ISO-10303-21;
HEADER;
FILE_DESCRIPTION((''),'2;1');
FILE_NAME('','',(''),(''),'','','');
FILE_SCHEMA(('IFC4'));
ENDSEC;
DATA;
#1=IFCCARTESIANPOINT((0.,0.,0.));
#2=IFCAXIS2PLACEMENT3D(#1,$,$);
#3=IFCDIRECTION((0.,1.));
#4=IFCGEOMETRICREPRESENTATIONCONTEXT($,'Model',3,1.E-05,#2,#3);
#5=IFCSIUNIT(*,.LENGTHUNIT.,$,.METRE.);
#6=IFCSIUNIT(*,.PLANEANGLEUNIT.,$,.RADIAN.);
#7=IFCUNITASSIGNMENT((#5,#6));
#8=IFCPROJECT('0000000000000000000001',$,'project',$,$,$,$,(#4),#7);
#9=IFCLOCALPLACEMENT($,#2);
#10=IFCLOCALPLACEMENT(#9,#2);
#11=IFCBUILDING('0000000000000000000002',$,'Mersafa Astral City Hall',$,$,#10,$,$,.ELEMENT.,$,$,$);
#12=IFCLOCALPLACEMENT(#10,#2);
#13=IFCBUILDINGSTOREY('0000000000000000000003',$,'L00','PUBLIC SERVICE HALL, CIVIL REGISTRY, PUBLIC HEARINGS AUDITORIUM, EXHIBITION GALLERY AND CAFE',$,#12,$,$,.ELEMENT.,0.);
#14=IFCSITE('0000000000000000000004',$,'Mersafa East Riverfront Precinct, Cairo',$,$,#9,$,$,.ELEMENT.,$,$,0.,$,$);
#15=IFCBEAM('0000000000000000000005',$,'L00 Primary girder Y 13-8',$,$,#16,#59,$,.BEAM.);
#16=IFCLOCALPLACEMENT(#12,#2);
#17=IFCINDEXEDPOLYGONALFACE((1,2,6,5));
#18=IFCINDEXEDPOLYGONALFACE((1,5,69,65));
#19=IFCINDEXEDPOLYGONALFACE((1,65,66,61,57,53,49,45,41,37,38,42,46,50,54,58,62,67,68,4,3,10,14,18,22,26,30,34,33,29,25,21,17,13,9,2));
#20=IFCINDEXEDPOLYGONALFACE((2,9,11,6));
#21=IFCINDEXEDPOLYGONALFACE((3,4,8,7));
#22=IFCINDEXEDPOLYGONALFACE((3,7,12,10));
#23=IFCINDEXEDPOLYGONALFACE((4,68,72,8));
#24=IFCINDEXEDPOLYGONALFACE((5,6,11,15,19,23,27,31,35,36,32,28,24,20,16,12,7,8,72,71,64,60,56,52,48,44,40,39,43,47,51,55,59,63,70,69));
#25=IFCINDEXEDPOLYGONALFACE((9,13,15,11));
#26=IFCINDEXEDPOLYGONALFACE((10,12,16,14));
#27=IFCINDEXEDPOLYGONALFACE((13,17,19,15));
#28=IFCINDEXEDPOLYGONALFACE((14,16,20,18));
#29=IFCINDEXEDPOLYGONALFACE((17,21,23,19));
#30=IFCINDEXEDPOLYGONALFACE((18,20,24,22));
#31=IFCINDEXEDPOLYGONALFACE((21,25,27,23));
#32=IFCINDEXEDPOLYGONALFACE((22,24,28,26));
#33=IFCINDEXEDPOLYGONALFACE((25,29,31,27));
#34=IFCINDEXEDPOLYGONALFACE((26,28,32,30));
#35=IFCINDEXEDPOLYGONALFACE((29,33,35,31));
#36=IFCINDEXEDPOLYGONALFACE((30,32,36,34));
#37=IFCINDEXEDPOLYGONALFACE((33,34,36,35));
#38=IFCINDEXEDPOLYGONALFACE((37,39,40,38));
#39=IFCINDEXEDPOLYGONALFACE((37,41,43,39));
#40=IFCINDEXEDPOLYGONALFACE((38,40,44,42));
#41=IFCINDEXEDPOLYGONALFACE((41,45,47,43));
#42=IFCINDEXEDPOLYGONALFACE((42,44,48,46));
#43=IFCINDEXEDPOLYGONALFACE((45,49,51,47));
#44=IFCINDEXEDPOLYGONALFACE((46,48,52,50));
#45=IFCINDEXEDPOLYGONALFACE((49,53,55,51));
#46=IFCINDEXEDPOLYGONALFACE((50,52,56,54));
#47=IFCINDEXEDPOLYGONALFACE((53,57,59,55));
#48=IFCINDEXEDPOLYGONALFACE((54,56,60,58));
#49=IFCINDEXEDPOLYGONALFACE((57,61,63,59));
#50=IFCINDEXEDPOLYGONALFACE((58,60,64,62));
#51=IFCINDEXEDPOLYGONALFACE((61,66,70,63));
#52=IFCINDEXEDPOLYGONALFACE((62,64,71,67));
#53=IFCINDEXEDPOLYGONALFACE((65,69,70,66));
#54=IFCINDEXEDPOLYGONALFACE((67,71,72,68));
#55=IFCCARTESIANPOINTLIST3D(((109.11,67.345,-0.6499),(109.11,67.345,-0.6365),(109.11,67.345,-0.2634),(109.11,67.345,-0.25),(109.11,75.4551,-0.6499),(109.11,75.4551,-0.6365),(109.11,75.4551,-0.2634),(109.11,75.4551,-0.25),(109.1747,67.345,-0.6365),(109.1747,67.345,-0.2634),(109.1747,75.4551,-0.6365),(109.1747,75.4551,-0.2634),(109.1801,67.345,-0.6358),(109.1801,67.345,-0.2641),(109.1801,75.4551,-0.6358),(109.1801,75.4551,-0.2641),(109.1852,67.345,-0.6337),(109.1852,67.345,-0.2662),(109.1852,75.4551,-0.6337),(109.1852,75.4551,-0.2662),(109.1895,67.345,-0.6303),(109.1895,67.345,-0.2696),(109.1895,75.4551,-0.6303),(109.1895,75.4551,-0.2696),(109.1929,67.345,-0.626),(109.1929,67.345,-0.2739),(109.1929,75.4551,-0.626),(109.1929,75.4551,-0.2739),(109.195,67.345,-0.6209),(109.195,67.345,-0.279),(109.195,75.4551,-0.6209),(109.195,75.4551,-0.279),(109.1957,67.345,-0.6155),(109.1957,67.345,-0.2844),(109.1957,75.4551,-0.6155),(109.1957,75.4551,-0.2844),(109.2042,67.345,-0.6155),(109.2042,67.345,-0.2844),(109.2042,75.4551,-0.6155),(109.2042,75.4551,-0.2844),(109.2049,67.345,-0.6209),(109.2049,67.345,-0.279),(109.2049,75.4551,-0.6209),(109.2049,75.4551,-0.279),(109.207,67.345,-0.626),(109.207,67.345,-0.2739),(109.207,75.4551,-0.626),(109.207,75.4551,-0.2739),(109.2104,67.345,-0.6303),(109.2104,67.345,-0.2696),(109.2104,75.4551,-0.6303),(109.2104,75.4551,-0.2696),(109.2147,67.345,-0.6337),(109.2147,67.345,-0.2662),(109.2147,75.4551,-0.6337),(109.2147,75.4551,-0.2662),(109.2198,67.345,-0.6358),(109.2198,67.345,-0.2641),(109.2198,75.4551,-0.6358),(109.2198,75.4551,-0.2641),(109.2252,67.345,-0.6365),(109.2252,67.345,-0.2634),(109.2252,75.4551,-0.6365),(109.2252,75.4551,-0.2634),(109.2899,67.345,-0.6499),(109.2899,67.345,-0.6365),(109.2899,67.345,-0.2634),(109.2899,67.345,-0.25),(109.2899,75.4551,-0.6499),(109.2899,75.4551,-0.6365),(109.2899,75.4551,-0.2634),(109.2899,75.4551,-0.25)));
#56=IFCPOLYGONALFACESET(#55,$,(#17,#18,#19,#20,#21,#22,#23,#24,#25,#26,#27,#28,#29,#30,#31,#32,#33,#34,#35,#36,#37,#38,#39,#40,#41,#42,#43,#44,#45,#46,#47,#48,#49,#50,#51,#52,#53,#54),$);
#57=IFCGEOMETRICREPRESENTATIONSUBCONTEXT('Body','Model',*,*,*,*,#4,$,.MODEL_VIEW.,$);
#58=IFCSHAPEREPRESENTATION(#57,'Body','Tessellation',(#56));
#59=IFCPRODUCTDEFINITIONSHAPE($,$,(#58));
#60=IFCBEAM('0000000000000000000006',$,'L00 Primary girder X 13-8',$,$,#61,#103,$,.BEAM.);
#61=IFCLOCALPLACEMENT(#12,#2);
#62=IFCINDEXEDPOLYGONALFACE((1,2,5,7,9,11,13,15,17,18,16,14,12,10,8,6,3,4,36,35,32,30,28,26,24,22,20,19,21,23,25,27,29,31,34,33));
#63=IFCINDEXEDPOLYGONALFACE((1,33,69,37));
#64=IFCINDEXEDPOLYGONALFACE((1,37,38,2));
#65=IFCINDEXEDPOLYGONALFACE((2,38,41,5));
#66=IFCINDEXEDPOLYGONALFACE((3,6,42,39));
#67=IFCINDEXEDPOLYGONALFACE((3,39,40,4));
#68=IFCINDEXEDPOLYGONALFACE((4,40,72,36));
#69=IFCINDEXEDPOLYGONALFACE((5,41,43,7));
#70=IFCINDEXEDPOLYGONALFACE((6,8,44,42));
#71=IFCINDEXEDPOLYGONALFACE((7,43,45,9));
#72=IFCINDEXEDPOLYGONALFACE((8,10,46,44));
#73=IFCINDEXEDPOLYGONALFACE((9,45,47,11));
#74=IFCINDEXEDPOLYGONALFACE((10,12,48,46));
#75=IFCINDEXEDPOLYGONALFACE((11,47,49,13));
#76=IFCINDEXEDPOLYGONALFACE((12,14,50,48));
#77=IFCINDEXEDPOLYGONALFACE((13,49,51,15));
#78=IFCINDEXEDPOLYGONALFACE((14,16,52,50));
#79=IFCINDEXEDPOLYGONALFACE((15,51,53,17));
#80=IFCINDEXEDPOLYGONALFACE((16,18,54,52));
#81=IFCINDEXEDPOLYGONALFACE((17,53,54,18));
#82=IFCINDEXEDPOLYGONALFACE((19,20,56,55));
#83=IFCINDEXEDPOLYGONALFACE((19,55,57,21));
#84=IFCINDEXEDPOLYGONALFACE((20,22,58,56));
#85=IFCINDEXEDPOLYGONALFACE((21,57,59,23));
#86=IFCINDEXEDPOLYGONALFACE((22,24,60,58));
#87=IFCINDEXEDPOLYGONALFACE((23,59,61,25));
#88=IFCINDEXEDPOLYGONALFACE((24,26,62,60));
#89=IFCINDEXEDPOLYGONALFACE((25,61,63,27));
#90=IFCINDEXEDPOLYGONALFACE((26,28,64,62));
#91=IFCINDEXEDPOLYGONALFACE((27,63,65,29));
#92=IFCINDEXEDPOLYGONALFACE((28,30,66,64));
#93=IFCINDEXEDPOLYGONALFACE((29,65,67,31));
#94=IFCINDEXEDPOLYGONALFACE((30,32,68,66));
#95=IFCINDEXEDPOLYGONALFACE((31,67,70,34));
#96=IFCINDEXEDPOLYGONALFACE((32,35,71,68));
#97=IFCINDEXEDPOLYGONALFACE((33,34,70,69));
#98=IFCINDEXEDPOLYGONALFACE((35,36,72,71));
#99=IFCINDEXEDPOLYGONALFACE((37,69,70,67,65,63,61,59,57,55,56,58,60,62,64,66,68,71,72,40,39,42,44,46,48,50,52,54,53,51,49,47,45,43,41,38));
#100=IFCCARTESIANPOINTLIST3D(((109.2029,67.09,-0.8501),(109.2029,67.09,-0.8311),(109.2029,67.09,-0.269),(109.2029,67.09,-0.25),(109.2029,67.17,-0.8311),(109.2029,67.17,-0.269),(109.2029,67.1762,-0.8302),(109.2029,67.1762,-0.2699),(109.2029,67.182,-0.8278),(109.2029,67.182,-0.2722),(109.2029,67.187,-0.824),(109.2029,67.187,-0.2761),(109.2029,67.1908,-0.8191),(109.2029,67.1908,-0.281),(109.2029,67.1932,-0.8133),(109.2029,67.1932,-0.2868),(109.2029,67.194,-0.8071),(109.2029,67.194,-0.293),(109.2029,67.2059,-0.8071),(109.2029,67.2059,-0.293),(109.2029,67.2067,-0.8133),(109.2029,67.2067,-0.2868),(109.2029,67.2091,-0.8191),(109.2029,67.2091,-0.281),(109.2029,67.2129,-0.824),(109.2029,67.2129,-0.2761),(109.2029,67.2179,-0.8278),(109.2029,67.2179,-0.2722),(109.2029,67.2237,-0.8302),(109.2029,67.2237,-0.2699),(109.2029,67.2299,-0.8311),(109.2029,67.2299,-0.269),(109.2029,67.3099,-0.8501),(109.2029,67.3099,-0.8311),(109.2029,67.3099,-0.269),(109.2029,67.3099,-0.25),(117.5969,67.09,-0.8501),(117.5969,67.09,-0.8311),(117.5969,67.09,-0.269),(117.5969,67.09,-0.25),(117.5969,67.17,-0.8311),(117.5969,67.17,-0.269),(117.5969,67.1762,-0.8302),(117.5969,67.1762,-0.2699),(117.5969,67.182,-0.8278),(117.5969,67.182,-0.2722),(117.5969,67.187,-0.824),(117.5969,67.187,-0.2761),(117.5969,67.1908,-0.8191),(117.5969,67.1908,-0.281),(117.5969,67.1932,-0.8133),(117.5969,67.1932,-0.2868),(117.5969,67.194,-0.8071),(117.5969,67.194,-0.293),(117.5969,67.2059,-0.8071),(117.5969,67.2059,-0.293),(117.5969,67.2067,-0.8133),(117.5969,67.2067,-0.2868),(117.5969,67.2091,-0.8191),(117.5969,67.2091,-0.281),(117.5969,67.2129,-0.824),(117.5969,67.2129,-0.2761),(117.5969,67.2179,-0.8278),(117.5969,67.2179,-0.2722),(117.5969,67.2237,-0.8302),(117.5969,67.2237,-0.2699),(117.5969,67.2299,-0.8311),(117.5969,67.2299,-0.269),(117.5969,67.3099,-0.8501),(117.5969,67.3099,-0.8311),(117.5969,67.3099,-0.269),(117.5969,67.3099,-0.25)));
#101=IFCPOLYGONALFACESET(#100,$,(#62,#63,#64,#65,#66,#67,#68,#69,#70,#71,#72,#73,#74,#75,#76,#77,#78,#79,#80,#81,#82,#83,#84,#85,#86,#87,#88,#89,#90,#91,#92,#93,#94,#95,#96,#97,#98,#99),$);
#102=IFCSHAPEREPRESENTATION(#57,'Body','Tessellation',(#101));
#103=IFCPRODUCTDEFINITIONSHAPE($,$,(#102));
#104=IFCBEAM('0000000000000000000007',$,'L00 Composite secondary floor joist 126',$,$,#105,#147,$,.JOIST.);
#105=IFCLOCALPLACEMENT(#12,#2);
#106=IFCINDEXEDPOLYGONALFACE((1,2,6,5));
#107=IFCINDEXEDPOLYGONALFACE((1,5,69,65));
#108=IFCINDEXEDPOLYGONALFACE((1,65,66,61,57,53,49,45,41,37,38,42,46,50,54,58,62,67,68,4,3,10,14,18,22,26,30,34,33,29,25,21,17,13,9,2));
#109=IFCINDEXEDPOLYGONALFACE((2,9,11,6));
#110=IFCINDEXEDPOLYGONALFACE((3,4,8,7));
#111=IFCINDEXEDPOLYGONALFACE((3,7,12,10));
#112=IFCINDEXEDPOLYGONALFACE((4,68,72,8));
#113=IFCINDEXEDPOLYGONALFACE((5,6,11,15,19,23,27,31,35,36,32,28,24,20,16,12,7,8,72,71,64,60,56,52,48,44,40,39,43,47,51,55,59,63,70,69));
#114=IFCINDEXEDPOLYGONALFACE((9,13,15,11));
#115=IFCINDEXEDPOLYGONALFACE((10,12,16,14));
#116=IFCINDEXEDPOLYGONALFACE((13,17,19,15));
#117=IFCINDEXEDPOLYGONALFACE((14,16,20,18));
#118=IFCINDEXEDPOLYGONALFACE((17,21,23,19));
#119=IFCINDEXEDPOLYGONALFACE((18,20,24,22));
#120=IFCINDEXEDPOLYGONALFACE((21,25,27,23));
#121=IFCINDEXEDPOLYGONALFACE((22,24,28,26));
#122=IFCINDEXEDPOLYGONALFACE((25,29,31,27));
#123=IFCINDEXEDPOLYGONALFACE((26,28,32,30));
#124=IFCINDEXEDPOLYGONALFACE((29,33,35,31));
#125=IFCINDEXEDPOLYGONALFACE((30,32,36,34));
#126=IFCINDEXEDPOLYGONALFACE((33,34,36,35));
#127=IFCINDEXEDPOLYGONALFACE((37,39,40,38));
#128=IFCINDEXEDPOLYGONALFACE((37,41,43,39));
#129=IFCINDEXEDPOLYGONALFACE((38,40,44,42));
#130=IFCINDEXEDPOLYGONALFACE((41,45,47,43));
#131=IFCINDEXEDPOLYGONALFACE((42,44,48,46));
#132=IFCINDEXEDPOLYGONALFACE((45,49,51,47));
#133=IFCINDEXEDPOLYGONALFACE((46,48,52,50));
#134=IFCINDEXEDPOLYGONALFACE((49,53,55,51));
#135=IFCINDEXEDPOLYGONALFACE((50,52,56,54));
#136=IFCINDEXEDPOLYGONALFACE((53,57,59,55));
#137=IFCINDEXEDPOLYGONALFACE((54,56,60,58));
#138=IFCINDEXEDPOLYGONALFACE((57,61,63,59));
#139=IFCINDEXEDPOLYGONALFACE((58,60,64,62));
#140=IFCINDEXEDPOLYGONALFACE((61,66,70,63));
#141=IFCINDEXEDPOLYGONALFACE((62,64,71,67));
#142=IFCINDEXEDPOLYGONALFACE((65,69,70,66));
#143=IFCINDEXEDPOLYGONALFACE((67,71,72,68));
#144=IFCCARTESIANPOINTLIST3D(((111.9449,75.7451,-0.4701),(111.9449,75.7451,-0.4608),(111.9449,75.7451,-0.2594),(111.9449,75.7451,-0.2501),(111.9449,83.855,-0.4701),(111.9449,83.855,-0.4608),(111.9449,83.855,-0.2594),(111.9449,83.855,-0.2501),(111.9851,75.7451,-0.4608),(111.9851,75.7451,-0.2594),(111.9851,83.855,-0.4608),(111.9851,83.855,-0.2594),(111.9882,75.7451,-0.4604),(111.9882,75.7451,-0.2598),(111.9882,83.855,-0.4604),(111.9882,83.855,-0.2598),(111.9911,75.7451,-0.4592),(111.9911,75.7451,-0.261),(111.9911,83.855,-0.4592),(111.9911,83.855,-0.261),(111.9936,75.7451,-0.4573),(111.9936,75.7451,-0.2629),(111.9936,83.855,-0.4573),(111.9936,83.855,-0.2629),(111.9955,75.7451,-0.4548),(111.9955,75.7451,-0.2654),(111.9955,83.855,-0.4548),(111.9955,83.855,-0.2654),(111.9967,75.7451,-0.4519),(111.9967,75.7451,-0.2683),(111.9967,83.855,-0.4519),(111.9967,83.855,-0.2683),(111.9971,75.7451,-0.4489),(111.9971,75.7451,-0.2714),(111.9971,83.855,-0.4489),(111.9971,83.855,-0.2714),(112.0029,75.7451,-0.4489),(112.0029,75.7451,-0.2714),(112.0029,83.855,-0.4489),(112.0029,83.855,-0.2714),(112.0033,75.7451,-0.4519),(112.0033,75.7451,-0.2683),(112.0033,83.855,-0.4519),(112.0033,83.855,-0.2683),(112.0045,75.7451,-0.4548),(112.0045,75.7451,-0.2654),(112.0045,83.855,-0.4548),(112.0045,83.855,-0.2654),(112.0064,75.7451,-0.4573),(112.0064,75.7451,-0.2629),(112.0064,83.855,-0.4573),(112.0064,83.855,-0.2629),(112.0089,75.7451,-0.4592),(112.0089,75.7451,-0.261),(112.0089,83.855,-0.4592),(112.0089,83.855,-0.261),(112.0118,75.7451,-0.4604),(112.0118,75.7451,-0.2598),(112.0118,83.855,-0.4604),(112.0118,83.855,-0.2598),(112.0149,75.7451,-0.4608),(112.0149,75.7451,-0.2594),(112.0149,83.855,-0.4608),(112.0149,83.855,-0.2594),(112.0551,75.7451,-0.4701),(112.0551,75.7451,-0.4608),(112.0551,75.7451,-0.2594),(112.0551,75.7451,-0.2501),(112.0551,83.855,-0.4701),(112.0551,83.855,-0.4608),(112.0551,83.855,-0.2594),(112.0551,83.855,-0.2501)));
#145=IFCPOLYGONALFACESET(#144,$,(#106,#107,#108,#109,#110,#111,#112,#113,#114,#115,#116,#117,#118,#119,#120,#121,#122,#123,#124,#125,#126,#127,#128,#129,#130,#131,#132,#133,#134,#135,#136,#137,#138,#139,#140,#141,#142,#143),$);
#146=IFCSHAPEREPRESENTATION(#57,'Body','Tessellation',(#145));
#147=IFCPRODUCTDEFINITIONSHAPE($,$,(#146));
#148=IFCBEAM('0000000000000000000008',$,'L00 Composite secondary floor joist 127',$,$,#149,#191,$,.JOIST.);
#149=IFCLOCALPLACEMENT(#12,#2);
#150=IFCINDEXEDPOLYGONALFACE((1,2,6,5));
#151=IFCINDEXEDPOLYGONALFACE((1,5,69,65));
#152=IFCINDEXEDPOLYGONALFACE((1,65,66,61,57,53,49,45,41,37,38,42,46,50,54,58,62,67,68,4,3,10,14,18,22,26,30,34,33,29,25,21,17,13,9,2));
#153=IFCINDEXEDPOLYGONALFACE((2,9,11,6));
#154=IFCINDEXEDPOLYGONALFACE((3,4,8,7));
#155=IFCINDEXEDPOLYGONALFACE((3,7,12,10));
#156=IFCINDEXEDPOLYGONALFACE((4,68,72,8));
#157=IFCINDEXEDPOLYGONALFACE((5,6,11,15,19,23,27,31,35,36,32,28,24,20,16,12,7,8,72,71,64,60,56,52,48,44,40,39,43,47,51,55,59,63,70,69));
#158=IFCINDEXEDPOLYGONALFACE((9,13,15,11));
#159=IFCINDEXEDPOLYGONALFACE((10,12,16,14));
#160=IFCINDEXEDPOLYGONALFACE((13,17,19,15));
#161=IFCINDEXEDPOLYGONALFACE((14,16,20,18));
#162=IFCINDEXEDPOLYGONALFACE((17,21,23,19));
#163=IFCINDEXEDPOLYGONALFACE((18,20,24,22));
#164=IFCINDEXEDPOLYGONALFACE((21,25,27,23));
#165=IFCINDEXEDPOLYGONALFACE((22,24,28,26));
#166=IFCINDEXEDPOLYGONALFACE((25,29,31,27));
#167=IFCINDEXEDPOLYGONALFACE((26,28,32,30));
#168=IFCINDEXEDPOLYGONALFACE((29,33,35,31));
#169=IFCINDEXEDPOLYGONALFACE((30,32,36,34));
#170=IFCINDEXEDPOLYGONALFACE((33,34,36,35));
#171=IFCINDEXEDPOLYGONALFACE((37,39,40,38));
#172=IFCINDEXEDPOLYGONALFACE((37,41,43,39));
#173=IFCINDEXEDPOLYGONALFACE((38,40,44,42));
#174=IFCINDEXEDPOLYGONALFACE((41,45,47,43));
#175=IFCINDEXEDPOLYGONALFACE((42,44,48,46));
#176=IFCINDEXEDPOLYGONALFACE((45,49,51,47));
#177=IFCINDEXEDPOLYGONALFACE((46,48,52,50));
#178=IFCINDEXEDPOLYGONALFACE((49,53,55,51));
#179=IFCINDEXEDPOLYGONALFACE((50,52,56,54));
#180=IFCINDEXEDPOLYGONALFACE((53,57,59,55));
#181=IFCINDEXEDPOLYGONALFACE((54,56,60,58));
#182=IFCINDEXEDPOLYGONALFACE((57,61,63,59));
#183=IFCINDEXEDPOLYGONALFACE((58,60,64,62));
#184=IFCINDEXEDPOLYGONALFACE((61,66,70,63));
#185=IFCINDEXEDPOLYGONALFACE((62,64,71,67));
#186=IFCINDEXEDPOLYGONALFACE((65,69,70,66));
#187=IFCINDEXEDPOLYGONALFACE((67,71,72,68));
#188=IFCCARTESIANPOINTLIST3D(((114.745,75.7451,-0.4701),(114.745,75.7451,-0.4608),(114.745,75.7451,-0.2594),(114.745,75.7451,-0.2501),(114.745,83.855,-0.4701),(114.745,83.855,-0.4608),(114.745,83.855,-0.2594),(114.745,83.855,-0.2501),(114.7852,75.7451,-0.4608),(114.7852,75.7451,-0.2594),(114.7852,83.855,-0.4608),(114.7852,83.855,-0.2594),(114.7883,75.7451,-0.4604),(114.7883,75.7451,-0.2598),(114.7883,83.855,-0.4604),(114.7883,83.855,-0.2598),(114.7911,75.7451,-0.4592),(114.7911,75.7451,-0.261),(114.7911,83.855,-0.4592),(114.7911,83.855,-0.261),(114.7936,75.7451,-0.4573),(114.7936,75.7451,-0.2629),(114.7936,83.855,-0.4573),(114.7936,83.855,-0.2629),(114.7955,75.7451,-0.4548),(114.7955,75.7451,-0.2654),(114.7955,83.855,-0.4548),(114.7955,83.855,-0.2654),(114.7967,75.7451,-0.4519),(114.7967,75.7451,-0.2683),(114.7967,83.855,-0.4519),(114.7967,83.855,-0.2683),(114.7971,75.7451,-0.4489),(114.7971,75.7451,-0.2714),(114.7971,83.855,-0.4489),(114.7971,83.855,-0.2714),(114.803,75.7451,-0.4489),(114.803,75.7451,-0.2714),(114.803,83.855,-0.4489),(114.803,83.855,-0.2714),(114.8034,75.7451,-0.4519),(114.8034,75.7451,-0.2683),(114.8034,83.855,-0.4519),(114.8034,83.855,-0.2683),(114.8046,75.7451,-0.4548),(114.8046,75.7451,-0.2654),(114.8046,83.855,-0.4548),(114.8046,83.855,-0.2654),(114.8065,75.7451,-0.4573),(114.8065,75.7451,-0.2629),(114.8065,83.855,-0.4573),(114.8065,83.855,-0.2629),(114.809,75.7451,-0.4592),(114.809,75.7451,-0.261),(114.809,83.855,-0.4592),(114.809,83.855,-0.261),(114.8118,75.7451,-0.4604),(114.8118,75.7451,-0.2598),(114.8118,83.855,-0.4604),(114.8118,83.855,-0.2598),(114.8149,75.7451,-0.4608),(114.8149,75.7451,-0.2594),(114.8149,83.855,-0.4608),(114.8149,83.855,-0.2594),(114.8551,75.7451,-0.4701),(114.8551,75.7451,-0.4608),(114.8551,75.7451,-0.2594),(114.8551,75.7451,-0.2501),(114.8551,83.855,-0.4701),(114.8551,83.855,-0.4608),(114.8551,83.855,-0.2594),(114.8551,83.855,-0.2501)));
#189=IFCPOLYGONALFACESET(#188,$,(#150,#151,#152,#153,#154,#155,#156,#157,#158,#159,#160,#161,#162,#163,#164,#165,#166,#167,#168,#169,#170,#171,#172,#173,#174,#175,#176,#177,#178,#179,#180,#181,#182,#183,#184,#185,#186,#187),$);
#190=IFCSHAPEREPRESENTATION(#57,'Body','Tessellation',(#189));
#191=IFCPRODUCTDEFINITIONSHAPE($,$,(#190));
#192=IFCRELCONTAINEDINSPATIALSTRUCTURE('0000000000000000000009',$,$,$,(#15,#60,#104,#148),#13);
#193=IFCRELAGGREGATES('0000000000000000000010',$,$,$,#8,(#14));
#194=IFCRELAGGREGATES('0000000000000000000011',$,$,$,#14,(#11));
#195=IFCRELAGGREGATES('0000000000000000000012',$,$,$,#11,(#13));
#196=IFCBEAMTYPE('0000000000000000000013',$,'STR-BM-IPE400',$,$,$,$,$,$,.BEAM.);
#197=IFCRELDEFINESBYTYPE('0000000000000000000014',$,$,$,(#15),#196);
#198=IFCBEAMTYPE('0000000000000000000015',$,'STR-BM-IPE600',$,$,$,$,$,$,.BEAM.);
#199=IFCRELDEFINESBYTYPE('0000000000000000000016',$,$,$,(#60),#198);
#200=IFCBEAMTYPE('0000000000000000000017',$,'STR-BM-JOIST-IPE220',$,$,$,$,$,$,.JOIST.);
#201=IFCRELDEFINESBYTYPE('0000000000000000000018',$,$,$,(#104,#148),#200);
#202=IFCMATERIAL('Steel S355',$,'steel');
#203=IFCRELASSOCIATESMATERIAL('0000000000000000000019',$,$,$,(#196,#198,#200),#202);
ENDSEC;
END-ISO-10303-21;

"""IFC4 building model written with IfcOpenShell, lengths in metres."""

from ifc_helpers import new_model, si_unit, direction, frame, origin, origin_2d, place, context, subcontext, project, spatial, i_section, extrude, material, material_profile, profile_set, type_object, element, save


model = new_model("IFC4")

# Units and contexts
model_context = context("Model", 3, precision=1e-05, world=origin(), true_north=direction((0.0, 1.0)))
body_context = subcontext(model_context, "Body", "Model", "MODEL_VIEW")
ifc_project = project(units=[si_unit("LENGTHUNIT", "METRE"), si_unit("PLANEANGLEUNIT", "RADIAN")], contexts=[model_context])

# Site, building, storey
site_placement = place(None, origin())
site = spatial("IfcSite", under=ifc_project, at=site_placement, Name="Mersafa East Riverfront Precinct, Cairo", CompositionType="ELEMENT", RefElevation=0.0)
building_placement = place(site_placement, origin())
building = spatial("IfcBuilding", under=site, at=building_placement, Name="Mersafa Astral City Hall", CompositionType="ELEMENT")
storey_placement = place(building_placement, origin())
storey = spatial("IfcBuildingStorey", under=building, at=storey_placement, Name="L00", Description="PUBLIC SERVICE HALL, CIVIL REGISTRY, PUBLIC HEARINGS AUDITORIUM, EXHIBITION GALLERY AND CAFE", CompositionType="ELEMENT", Elevation=0.0)

# Beams
ifc_material_1 = material(Name="Steel S355", Category="steel")
ifc_material_profile_1 = material_profile(ifc_material_1, i_section(OverallWidth=0.1799, OverallDepth=0.3999, WebThickness=0.0085, FlangeThickness=0.0134, FilletRadius=0.021, at=origin_2d()), Name="IPE 400")
ifc_profile_set_1 = profile_set([ifc_material_profile_1], Name="Steel S355")
beam_type_1 = type_object("IfcBeamType", Name="STR-BM-IPE400", PredefinedType="BEAM", material=ifc_profile_set_1)
beam_1_placement = place(storey_placement, frame((109.2, 67.345, -0.45), z_axis=(0.0, 1.0, 0.0), x_axis=(-1.0, 0.0, 0.0)))
element("IfcBeam", 1, at=beam_1_placement, inside=storey, type_object=beam_type_1, Name="L00 Primary girder Y 13-8", PredefinedType="BEAM", context=body_context, shape_type="SweptSolid", body=[
    extrude(i_section(OverallWidth=0.1799, OverallDepth=0.3999, WebThickness=0.0085, FlangeThickness=0.0134, FilletRadius=0.021, at=origin_2d()), origin(), (0.0, 0.0, 1.0), 8.1101),
])
ifc_material_profile_2 = material_profile(ifc_material_1, i_section(OverallWidth=0.22, OverallDepth=0.6001, WebThickness=0.012, FlangeThickness=0.019, FilletRadius=0.0239, at=origin_2d()), Name="IPE 600")
ifc_profile_set_2 = profile_set([ifc_material_profile_2], Name="Steel S355")
beam_type_2 = type_object("IfcBeamType", Name="STR-BM-IPE600", PredefinedType="BEAM", material=ifc_profile_set_2)
beam_2_placement = place(storey_placement, frame((109.2029, 67.2, -0.55), z_axis=(1.0, 0.0, 0.0), x_axis=(0.0, 1.0, 0.0)))
element("IfcBeam", 2, at=beam_2_placement, inside=storey, type_object=beam_type_2, Name="L00 Primary girder X 13-8", PredefinedType="BEAM", context=body_context, shape_type="SweptSolid", body=[
    extrude(i_section(OverallWidth=0.22, OverallDepth=0.6001, WebThickness=0.012, FlangeThickness=0.019, FilletRadius=0.0239, at=origin_2d()), origin(), (0.0, 0.0, 1.0), 8.394),
])
ifc_material_profile_3 = material_profile(ifc_material_1, i_section(OverallWidth=0.1101, OverallDepth=0.22, WebThickness=0.0059, FlangeThickness=0.0093, FilletRadius=0.012, at=origin_2d()), Name="IPE 220")
ifc_profile_set_3 = profile_set([ifc_material_profile_3], Name="Steel S355")
beam_type_3 = type_object("IfcBeamType", Name="STR-BM-JOIST-IPE220", PredefinedType="JOIST", material=ifc_profile_set_3)
for number, where, z_axis, x_axis, name in (
    (3, (112.0, 75.7451, -0.3601), (0.0, 1.0, 0.0), (-1.0, 0.0, 0.0), "L00 Composite secondary floor joist 126"),
    (4, (114.8, 75.7451, -0.3601), (0.0, 1.0, 0.0), (-1.0, 0.0, 0.0), "L00 Composite secondary floor joist 127"),
):
    element("IfcBeam", number, at=place(storey_placement, frame(where, z_axis=z_axis, x_axis=x_axis)), inside=storey, type_object=beam_type_3, Name=name, PredefinedType="JOIST", context=body_context, shape_type="SweptSolid", body=[
        extrude(i_section(OverallWidth=0.1101, OverallDepth=0.22, WebThickness=0.0059, FlangeThickness=0.0093, FilletRadius=0.012, at=origin_2d()), origin(), (0.0, 0.0, 1.0), 8.1099),
    ])

save(model, "model.ifc")
